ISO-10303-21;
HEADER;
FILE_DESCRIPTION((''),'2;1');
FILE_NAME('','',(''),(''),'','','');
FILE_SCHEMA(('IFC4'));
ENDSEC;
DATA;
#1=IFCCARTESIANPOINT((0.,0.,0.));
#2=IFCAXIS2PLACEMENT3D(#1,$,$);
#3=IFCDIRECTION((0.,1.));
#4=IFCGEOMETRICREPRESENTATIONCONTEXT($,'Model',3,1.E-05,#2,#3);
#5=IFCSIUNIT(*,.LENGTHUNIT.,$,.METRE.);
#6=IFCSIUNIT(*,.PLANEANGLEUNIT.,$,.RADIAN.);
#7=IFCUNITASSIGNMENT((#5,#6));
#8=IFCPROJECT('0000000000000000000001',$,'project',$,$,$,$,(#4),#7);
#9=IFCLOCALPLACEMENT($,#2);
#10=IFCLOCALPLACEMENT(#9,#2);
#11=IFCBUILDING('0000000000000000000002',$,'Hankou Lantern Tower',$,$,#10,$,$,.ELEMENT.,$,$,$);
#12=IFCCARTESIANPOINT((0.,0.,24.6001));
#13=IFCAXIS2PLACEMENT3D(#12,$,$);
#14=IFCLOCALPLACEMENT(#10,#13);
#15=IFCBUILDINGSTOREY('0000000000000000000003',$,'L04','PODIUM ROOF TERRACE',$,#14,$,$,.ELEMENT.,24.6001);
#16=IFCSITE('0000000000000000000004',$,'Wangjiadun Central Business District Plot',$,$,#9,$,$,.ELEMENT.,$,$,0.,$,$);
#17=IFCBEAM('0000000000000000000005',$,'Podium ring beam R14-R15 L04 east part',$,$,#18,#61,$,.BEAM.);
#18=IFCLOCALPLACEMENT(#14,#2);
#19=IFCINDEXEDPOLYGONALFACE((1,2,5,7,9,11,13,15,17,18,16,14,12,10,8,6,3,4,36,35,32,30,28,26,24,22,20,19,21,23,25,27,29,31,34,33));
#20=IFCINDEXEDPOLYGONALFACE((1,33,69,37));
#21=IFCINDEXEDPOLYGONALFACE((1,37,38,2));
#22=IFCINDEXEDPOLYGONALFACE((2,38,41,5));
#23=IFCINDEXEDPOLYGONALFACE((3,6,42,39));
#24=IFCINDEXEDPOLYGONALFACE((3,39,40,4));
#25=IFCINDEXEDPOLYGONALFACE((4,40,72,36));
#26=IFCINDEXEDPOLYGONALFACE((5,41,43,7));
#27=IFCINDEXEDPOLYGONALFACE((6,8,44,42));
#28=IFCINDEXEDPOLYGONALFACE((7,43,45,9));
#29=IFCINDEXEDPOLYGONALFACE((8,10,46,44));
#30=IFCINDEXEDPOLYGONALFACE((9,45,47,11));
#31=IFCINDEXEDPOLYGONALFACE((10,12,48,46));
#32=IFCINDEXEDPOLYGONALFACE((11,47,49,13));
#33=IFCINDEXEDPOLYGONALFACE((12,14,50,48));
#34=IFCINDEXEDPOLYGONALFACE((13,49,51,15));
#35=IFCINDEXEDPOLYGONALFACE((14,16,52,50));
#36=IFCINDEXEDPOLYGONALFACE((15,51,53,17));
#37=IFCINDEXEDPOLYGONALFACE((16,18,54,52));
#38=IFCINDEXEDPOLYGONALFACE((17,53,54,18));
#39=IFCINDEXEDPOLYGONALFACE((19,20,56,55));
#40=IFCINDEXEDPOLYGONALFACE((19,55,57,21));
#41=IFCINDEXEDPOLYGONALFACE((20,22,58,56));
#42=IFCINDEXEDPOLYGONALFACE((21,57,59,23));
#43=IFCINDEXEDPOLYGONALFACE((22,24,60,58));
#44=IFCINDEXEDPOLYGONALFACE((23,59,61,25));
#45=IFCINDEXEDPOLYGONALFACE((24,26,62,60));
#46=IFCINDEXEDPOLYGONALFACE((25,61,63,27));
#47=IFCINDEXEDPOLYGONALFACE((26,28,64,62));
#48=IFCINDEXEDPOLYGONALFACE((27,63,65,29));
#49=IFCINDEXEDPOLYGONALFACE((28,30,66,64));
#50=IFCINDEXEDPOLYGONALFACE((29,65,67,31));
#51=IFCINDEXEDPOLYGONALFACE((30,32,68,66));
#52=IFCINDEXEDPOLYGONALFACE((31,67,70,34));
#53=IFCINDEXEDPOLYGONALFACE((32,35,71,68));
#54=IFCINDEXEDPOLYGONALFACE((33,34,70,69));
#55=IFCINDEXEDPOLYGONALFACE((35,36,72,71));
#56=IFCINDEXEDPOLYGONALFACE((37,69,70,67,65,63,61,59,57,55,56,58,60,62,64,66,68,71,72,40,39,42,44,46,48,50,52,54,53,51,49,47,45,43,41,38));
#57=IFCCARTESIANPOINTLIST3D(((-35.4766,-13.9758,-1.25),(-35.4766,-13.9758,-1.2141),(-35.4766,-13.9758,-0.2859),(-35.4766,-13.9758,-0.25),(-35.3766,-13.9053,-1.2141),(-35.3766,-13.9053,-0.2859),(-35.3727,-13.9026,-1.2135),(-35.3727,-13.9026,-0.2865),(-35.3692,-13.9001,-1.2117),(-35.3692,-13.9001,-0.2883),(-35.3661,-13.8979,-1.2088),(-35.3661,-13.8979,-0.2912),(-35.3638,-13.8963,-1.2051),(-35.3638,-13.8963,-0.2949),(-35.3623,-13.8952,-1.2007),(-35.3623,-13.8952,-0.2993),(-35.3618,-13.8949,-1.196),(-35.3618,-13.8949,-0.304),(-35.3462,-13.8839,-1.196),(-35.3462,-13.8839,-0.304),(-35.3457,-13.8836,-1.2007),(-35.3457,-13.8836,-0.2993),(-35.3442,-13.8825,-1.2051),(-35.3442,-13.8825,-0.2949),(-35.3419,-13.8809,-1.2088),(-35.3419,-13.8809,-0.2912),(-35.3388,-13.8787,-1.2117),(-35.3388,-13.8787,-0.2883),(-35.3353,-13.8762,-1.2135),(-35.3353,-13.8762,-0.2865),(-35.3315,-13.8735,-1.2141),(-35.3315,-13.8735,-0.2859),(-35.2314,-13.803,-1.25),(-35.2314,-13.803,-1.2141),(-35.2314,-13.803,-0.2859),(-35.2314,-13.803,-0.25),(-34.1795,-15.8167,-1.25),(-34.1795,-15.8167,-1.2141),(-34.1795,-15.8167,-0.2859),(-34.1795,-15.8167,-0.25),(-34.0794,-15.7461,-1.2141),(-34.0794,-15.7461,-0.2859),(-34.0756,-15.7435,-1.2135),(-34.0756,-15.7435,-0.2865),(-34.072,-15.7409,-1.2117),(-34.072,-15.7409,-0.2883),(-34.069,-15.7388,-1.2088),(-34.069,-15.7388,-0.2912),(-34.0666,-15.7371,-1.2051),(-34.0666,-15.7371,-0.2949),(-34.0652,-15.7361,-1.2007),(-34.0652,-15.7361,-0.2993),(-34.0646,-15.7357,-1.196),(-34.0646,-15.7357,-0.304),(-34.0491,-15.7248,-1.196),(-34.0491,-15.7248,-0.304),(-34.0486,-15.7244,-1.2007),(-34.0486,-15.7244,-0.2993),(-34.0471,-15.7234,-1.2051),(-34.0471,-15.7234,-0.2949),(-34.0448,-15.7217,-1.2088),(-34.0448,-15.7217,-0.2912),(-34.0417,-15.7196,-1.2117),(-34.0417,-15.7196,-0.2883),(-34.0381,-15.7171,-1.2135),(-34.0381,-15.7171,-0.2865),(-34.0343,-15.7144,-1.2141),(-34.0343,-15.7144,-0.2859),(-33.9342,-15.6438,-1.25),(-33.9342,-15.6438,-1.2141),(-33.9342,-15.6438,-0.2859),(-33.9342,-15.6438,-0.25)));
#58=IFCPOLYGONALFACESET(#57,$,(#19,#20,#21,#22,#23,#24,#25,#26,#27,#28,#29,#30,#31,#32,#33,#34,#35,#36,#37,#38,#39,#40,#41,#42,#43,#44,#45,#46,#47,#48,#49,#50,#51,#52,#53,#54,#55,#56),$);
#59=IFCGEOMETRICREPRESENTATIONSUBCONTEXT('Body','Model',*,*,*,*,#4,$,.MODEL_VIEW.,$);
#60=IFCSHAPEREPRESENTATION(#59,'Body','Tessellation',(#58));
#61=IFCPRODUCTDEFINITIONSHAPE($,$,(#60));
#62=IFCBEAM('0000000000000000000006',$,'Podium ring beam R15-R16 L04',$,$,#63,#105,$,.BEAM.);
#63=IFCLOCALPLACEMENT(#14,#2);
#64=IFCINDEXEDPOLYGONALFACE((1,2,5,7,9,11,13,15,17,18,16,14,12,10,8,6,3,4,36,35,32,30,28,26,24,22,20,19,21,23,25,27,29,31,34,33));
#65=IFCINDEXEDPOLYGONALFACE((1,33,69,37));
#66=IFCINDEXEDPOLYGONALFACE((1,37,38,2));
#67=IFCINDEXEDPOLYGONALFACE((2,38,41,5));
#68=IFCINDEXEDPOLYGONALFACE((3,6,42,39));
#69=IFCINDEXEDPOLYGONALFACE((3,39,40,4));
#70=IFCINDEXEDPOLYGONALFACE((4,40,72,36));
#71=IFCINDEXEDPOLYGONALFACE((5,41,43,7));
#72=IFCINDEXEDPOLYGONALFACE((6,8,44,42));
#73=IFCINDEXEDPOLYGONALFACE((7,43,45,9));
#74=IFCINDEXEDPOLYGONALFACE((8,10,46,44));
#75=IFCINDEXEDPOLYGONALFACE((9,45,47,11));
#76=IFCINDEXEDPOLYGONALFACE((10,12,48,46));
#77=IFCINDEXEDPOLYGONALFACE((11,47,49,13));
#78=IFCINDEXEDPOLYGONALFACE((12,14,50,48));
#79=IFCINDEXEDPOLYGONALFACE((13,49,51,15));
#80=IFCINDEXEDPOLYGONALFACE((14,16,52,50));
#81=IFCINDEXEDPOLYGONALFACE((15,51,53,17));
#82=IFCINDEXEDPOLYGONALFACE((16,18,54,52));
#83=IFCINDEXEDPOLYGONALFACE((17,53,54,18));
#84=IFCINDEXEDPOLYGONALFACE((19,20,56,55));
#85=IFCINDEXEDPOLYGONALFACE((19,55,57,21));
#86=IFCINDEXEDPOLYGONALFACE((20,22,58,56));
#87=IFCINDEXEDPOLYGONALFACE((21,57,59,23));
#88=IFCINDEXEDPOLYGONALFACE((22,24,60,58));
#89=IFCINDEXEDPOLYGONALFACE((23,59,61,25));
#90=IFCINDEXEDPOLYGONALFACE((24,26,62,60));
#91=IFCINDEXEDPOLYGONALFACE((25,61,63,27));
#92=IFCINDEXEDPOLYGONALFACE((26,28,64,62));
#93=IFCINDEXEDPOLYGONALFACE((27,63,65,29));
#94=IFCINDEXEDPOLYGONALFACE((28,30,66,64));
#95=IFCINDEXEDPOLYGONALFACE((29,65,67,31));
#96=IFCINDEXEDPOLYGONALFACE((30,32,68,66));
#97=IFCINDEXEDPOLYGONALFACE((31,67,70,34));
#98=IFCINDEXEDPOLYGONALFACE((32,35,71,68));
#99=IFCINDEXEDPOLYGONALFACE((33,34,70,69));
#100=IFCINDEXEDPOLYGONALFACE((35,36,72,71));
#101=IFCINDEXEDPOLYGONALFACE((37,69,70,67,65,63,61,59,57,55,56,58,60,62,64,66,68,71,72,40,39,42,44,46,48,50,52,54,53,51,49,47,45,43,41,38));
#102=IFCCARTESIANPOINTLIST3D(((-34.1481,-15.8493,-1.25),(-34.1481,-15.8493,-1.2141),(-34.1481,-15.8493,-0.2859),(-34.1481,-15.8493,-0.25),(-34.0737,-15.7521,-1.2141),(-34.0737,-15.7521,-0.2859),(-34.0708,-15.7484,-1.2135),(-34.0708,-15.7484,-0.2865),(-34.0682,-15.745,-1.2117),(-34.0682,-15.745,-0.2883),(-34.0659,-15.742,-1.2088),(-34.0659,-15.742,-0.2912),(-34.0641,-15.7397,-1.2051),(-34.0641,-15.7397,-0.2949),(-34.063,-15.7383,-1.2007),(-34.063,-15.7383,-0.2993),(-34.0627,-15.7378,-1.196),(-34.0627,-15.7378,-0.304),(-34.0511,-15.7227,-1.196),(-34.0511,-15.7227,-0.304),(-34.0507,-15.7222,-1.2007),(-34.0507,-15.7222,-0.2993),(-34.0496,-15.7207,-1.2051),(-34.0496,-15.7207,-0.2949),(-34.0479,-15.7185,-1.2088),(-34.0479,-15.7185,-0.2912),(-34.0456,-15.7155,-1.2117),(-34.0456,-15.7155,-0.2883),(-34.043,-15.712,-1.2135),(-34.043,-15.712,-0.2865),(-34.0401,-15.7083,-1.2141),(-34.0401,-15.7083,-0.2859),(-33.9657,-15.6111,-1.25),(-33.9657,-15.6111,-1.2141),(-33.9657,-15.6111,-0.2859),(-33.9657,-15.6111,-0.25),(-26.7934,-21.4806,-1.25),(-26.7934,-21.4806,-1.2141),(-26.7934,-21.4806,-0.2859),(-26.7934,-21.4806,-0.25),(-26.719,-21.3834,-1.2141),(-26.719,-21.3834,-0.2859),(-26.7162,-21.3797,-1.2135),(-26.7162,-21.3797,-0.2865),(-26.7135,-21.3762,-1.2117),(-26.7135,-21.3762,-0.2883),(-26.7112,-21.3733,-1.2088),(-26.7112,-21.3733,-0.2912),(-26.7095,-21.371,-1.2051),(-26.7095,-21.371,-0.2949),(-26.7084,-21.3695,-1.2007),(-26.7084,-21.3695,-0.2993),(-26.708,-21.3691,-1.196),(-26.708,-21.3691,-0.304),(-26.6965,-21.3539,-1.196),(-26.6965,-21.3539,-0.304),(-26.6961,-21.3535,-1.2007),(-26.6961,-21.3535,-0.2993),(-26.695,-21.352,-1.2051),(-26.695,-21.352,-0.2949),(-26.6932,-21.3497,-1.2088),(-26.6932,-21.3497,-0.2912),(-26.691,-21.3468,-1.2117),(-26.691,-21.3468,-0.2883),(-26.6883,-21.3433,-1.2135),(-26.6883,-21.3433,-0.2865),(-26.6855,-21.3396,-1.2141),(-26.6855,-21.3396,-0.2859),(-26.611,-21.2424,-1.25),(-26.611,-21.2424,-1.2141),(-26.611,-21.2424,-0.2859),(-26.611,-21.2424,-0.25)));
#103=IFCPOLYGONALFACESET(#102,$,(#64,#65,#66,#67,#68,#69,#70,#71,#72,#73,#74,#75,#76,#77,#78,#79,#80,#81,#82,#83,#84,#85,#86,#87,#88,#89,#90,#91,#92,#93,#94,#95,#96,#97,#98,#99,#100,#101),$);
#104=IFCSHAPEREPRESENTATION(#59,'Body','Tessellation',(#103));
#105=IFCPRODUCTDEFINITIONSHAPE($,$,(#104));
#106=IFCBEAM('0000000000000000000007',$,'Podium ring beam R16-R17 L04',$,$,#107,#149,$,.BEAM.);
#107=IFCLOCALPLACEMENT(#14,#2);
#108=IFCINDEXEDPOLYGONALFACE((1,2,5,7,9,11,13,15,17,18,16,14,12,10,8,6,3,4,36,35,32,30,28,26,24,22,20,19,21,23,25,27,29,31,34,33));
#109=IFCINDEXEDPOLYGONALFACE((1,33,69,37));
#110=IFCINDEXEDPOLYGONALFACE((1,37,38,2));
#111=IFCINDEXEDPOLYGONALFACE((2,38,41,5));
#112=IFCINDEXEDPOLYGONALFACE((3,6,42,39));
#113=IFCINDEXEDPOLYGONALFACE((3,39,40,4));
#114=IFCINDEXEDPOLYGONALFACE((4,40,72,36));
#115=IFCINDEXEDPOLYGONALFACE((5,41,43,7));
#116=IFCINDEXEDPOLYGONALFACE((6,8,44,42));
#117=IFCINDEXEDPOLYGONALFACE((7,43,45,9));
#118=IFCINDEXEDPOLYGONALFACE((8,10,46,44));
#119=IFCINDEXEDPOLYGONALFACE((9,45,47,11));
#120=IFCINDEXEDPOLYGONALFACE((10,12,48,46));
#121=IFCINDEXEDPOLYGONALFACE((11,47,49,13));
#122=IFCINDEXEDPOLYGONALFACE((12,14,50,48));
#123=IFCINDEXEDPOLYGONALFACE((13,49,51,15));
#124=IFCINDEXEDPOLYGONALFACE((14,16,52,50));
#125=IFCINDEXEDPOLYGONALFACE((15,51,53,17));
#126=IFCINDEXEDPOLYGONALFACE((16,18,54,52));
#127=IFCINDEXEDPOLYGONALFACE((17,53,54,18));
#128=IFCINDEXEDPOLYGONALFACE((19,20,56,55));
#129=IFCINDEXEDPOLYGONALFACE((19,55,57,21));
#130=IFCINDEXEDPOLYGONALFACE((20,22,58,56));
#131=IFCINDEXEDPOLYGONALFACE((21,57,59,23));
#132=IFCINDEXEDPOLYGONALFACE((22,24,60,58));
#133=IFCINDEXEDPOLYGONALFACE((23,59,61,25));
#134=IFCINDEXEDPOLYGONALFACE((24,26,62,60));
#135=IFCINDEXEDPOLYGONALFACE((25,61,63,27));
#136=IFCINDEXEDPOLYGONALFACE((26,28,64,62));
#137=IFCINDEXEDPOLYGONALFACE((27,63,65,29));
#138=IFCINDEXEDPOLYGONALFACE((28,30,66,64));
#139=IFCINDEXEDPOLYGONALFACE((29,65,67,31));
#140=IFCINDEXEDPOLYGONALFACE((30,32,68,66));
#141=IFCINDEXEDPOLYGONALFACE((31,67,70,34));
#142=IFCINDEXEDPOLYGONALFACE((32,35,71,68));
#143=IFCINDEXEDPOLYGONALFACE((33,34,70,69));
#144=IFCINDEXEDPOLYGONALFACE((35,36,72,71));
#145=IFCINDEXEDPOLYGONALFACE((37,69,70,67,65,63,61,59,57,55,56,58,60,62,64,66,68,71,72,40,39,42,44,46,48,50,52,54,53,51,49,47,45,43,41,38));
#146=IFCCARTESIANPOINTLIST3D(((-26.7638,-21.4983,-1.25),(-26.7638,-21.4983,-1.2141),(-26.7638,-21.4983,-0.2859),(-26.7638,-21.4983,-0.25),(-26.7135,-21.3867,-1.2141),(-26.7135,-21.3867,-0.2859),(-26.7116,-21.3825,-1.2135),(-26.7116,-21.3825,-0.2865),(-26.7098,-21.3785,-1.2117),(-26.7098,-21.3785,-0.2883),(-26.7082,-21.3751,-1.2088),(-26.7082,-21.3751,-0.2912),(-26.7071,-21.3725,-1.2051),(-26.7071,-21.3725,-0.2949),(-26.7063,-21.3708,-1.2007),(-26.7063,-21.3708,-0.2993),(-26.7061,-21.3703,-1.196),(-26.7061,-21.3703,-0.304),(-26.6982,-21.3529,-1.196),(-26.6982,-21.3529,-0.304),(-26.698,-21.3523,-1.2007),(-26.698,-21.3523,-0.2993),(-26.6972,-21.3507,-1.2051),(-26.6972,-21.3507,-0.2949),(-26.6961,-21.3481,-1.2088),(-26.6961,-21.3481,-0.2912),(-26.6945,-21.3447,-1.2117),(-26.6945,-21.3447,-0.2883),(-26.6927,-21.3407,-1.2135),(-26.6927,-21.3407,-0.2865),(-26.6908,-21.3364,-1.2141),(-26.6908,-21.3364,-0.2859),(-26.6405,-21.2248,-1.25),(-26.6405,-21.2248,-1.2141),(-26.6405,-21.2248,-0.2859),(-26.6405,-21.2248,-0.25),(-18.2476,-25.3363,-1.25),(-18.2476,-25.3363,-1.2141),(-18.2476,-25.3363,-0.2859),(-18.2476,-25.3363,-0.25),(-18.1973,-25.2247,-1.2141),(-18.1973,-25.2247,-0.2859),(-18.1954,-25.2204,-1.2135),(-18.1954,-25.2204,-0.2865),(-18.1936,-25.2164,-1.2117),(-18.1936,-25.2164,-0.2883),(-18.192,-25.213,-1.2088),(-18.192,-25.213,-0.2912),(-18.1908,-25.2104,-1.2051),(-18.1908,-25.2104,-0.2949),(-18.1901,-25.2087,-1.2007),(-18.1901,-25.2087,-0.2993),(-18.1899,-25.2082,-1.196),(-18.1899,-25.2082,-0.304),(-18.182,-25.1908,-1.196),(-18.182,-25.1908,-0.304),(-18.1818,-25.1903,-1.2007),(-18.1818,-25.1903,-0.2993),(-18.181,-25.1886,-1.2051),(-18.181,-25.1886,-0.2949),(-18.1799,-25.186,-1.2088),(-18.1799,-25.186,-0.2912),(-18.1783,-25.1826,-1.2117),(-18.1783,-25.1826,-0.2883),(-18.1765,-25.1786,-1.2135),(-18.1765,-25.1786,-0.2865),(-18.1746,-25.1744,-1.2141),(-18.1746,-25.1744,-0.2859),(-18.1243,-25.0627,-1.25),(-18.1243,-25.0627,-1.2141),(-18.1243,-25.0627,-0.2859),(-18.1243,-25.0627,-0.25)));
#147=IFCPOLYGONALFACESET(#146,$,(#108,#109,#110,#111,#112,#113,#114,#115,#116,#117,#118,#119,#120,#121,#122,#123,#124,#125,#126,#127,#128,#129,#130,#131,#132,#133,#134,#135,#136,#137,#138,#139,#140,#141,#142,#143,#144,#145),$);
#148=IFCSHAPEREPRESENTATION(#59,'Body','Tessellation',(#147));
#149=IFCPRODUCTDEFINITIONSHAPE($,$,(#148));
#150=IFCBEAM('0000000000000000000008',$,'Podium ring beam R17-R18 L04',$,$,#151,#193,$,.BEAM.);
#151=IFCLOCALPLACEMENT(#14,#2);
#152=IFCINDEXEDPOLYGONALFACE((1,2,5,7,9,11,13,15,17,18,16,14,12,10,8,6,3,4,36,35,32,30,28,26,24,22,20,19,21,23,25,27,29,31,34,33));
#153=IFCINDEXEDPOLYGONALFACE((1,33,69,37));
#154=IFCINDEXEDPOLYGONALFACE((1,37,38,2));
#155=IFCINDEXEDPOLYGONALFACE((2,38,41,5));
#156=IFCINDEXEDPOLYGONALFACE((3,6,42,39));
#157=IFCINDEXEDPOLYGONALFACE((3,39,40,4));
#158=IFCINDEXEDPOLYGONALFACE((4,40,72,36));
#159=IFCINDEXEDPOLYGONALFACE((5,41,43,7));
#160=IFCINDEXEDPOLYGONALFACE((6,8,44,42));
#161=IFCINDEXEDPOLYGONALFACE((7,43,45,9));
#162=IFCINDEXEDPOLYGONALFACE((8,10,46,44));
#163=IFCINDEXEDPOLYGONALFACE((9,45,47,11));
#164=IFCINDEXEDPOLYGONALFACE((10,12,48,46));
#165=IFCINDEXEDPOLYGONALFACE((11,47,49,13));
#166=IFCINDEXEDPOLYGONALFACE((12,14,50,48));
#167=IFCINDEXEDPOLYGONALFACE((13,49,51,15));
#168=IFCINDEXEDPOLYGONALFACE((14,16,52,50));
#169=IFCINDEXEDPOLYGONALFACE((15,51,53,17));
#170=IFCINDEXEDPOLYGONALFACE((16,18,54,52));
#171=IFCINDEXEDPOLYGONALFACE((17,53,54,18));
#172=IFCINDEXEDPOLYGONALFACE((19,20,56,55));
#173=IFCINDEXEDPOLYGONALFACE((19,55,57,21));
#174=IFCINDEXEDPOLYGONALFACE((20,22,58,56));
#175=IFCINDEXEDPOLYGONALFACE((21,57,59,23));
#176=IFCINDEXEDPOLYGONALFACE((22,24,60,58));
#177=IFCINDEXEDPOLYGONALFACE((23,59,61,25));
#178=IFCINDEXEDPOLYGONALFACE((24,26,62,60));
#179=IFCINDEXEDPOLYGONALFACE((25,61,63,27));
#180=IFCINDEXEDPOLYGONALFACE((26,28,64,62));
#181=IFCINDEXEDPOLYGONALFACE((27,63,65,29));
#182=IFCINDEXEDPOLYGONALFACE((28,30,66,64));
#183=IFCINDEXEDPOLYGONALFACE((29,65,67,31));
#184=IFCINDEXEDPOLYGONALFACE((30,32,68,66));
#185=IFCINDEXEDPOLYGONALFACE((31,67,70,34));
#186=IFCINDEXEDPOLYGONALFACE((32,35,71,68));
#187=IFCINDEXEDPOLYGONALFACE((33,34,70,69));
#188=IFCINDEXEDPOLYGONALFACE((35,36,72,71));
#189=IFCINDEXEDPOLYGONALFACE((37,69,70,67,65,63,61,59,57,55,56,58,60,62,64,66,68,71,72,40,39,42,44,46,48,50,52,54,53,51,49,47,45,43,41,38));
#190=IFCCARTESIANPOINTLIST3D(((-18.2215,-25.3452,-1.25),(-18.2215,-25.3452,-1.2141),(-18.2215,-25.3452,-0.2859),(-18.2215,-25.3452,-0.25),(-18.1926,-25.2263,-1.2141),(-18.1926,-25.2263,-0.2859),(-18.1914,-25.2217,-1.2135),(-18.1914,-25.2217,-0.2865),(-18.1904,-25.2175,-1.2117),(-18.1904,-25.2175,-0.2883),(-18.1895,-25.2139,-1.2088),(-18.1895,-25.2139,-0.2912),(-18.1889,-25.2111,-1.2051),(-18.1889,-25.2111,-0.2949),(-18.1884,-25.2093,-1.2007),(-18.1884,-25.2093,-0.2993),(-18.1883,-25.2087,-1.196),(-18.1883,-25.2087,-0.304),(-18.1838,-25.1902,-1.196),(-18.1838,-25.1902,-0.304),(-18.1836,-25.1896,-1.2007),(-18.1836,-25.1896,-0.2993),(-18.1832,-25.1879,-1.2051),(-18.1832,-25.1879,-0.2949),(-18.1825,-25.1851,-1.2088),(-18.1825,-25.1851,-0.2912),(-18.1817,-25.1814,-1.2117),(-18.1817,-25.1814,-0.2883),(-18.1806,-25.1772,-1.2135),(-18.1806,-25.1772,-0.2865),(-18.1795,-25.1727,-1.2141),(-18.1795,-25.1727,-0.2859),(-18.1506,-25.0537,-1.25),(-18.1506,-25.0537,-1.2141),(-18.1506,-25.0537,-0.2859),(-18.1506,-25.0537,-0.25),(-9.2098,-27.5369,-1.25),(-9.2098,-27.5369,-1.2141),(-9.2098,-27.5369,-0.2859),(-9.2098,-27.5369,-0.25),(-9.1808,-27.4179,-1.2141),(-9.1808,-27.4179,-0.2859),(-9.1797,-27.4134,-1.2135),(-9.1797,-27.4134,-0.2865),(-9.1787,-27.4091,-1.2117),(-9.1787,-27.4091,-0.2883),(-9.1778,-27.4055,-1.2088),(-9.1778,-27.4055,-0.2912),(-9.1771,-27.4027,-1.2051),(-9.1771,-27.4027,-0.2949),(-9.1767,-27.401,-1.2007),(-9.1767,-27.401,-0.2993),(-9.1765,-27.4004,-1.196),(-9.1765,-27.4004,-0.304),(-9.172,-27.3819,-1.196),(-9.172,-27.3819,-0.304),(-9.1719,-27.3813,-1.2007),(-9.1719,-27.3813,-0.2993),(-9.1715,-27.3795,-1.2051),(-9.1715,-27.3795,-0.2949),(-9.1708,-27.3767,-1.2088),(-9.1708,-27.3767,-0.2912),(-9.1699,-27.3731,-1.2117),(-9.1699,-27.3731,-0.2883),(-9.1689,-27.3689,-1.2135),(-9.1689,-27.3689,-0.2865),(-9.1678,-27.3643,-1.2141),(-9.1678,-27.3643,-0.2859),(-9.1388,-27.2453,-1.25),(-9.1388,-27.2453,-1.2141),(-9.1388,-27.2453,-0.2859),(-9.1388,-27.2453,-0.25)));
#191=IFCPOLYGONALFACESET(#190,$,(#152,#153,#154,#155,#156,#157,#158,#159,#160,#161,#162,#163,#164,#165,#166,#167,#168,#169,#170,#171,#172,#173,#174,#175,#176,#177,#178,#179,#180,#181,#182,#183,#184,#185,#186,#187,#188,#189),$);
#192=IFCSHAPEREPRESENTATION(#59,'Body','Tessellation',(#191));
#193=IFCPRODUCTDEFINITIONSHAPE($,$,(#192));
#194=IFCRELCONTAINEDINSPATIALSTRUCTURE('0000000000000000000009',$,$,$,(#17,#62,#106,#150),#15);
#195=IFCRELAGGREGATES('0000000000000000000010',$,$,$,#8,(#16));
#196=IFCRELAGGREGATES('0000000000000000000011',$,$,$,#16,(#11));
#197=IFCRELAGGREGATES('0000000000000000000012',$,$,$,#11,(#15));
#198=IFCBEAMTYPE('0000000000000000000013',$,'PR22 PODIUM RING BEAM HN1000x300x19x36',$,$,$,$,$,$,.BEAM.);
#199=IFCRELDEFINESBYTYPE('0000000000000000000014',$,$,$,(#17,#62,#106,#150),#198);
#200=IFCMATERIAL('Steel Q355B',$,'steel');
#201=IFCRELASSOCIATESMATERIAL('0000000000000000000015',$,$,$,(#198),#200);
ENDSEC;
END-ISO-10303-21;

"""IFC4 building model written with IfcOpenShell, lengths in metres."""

from ifc_helpers import new_model, si_unit, direction, frame, origin, origin_2d, place, context, subcontext, project, spatial, i_section, extrude, material, material_profile, profile_set, type_object, element, save


model = new_model("IFC4")

# Units and contexts
model_context = context("Model", 3, precision=1e-05, world=origin(), true_north=direction((0.0, 1.0)))
body_context = subcontext(model_context, "Body", "Model", "MODEL_VIEW")
ifc_project = project(units=[si_unit("LENGTHUNIT", "METRE"), si_unit("PLANEANGLEUNIT", "RADIAN")], contexts=[model_context])

# Site, building, storey
site_placement = place(None, origin())
site = spatial("IfcSite", under=ifc_project, at=site_placement, Name="Wangjiadun Central Business District Plot", CompositionType="ELEMENT", RefElevation=0.0)
building_placement = place(site_placement, origin())
building = spatial("IfcBuilding", under=site, at=building_placement, Name="Hankou Lantern Tower", CompositionType="ELEMENT")
storey_placement = place(building_placement, frame((0.0, 0.0, 24.6001)))
storey = spatial("IfcBuildingStorey", under=building, at=storey_placement, Name="L04", Description="PODIUM ROOF TERRACE", CompositionType="ELEMENT", Elevation=24.6001)

# Beams
ifc_material_1 = material(Name="Steel Q355B", Category="steel")
ifc_material_profile_1 = material_profile(ifc_material_1, i_section(OverallWidth=0.3, OverallDepth=1.0, WebThickness=0.019, FlangeThickness=0.0359, FilletRadius=0.0181, at=origin_2d()), Name="HN1000x300x19x36")
ifc_profile_set_1 = profile_set([ifc_material_profile_1], Name="Steel Q355B")
beam_type_1 = type_object("IfcBeamType", Name="PR22 PODIUM RING BEAM HN1000x300x19x36", PredefinedType="BEAM", material=ifc_profile_set_1)
beam_1_placement = place(storey_placement, frame((-35.354, -13.8894, -0.75), z_axis=(0.576006, -0.817445, 0.0), x_axis=(0.817445, 0.576006, 0.0)))
element("IfcBeam", 1, at=beam_1_placement, inside=storey, type_object=beam_type_1, Name="Podium ring beam R14-R15 L04 east part", PredefinedType="BEAM", context=body_context, shape_type="SweptSolid", body=[
    extrude(i_section(OverallWidth=0.3, OverallDepth=1.0, WebThickness=0.019, FlangeThickness=0.0359, FilletRadius=0.0181, at=origin_2d()), origin(), (0.0, 0.0, 1.0), 2.252),
])
beam_2_placement = place(storey_placement, frame((-34.0569, -15.7302, -0.75), z_axis=(0.793986, -0.607936, 0.0), x_axis=(0.607936, 0.793986, 0.0)))
element("IfcBeam", 2, at=beam_2_placement, inside=storey, type_object=beam_type_1, Name="Podium ring beam R15-R16 L04", PredefinedType="BEAM", context=body_context, shape_type="SweptSolid", body=[
    extrude(i_section(OverallWidth=0.3, OverallDepth=1.0, WebThickness=0.019, FlangeThickness=0.0359, FilletRadius=0.0181, at=origin_2d()), origin(), (0.0, 0.0, 1.0), 9.2629),
])
beam_3_placement = place(storey_placement, frame((-26.7021, -21.3616, -0.75), z_axis=(0.911695, -0.410867, 0.0), x_axis=(0.410867, 0.911695, 0.0)))
element("IfcBeam", 3, at=beam_3_placement, inside=storey, type_object=beam_type_1, Name="Podium ring beam R16-R17 L04", PredefinedType="BEAM", context=body_context, shape_type="SweptSolid", body=[
    extrude(i_section(OverallWidth=0.3, OverallDepth=1.0, WebThickness=0.019, FlangeThickness=0.0359, FilletRadius=0.0181, at=origin_2d()), origin(), (0.0, 0.0, 1.0), 9.3411),
])
beam_4_placement = place(storey_placement, frame((-18.186, -25.1995, -0.75), z_axis=(0.971677, -0.236312, 0.0), x_axis=(0.236312, 0.971677, 0.0)))
element("IfcBeam", 4, at=beam_4_placement, inside=storey, type_object=beam_type_1, Name="Podium ring beam R17-R18 L04", PredefinedType="BEAM", context=body_context, shape_type="SweptSolid", body=[
    extrude(i_section(OverallWidth=0.3, OverallDepth=1.0, WebThickness=0.019, FlangeThickness=0.0359, FilletRadius=0.0181, at=origin_2d()), origin(), (0.0, 0.0, 1.0), 9.2744),
])

save(model, "model.ifc")
